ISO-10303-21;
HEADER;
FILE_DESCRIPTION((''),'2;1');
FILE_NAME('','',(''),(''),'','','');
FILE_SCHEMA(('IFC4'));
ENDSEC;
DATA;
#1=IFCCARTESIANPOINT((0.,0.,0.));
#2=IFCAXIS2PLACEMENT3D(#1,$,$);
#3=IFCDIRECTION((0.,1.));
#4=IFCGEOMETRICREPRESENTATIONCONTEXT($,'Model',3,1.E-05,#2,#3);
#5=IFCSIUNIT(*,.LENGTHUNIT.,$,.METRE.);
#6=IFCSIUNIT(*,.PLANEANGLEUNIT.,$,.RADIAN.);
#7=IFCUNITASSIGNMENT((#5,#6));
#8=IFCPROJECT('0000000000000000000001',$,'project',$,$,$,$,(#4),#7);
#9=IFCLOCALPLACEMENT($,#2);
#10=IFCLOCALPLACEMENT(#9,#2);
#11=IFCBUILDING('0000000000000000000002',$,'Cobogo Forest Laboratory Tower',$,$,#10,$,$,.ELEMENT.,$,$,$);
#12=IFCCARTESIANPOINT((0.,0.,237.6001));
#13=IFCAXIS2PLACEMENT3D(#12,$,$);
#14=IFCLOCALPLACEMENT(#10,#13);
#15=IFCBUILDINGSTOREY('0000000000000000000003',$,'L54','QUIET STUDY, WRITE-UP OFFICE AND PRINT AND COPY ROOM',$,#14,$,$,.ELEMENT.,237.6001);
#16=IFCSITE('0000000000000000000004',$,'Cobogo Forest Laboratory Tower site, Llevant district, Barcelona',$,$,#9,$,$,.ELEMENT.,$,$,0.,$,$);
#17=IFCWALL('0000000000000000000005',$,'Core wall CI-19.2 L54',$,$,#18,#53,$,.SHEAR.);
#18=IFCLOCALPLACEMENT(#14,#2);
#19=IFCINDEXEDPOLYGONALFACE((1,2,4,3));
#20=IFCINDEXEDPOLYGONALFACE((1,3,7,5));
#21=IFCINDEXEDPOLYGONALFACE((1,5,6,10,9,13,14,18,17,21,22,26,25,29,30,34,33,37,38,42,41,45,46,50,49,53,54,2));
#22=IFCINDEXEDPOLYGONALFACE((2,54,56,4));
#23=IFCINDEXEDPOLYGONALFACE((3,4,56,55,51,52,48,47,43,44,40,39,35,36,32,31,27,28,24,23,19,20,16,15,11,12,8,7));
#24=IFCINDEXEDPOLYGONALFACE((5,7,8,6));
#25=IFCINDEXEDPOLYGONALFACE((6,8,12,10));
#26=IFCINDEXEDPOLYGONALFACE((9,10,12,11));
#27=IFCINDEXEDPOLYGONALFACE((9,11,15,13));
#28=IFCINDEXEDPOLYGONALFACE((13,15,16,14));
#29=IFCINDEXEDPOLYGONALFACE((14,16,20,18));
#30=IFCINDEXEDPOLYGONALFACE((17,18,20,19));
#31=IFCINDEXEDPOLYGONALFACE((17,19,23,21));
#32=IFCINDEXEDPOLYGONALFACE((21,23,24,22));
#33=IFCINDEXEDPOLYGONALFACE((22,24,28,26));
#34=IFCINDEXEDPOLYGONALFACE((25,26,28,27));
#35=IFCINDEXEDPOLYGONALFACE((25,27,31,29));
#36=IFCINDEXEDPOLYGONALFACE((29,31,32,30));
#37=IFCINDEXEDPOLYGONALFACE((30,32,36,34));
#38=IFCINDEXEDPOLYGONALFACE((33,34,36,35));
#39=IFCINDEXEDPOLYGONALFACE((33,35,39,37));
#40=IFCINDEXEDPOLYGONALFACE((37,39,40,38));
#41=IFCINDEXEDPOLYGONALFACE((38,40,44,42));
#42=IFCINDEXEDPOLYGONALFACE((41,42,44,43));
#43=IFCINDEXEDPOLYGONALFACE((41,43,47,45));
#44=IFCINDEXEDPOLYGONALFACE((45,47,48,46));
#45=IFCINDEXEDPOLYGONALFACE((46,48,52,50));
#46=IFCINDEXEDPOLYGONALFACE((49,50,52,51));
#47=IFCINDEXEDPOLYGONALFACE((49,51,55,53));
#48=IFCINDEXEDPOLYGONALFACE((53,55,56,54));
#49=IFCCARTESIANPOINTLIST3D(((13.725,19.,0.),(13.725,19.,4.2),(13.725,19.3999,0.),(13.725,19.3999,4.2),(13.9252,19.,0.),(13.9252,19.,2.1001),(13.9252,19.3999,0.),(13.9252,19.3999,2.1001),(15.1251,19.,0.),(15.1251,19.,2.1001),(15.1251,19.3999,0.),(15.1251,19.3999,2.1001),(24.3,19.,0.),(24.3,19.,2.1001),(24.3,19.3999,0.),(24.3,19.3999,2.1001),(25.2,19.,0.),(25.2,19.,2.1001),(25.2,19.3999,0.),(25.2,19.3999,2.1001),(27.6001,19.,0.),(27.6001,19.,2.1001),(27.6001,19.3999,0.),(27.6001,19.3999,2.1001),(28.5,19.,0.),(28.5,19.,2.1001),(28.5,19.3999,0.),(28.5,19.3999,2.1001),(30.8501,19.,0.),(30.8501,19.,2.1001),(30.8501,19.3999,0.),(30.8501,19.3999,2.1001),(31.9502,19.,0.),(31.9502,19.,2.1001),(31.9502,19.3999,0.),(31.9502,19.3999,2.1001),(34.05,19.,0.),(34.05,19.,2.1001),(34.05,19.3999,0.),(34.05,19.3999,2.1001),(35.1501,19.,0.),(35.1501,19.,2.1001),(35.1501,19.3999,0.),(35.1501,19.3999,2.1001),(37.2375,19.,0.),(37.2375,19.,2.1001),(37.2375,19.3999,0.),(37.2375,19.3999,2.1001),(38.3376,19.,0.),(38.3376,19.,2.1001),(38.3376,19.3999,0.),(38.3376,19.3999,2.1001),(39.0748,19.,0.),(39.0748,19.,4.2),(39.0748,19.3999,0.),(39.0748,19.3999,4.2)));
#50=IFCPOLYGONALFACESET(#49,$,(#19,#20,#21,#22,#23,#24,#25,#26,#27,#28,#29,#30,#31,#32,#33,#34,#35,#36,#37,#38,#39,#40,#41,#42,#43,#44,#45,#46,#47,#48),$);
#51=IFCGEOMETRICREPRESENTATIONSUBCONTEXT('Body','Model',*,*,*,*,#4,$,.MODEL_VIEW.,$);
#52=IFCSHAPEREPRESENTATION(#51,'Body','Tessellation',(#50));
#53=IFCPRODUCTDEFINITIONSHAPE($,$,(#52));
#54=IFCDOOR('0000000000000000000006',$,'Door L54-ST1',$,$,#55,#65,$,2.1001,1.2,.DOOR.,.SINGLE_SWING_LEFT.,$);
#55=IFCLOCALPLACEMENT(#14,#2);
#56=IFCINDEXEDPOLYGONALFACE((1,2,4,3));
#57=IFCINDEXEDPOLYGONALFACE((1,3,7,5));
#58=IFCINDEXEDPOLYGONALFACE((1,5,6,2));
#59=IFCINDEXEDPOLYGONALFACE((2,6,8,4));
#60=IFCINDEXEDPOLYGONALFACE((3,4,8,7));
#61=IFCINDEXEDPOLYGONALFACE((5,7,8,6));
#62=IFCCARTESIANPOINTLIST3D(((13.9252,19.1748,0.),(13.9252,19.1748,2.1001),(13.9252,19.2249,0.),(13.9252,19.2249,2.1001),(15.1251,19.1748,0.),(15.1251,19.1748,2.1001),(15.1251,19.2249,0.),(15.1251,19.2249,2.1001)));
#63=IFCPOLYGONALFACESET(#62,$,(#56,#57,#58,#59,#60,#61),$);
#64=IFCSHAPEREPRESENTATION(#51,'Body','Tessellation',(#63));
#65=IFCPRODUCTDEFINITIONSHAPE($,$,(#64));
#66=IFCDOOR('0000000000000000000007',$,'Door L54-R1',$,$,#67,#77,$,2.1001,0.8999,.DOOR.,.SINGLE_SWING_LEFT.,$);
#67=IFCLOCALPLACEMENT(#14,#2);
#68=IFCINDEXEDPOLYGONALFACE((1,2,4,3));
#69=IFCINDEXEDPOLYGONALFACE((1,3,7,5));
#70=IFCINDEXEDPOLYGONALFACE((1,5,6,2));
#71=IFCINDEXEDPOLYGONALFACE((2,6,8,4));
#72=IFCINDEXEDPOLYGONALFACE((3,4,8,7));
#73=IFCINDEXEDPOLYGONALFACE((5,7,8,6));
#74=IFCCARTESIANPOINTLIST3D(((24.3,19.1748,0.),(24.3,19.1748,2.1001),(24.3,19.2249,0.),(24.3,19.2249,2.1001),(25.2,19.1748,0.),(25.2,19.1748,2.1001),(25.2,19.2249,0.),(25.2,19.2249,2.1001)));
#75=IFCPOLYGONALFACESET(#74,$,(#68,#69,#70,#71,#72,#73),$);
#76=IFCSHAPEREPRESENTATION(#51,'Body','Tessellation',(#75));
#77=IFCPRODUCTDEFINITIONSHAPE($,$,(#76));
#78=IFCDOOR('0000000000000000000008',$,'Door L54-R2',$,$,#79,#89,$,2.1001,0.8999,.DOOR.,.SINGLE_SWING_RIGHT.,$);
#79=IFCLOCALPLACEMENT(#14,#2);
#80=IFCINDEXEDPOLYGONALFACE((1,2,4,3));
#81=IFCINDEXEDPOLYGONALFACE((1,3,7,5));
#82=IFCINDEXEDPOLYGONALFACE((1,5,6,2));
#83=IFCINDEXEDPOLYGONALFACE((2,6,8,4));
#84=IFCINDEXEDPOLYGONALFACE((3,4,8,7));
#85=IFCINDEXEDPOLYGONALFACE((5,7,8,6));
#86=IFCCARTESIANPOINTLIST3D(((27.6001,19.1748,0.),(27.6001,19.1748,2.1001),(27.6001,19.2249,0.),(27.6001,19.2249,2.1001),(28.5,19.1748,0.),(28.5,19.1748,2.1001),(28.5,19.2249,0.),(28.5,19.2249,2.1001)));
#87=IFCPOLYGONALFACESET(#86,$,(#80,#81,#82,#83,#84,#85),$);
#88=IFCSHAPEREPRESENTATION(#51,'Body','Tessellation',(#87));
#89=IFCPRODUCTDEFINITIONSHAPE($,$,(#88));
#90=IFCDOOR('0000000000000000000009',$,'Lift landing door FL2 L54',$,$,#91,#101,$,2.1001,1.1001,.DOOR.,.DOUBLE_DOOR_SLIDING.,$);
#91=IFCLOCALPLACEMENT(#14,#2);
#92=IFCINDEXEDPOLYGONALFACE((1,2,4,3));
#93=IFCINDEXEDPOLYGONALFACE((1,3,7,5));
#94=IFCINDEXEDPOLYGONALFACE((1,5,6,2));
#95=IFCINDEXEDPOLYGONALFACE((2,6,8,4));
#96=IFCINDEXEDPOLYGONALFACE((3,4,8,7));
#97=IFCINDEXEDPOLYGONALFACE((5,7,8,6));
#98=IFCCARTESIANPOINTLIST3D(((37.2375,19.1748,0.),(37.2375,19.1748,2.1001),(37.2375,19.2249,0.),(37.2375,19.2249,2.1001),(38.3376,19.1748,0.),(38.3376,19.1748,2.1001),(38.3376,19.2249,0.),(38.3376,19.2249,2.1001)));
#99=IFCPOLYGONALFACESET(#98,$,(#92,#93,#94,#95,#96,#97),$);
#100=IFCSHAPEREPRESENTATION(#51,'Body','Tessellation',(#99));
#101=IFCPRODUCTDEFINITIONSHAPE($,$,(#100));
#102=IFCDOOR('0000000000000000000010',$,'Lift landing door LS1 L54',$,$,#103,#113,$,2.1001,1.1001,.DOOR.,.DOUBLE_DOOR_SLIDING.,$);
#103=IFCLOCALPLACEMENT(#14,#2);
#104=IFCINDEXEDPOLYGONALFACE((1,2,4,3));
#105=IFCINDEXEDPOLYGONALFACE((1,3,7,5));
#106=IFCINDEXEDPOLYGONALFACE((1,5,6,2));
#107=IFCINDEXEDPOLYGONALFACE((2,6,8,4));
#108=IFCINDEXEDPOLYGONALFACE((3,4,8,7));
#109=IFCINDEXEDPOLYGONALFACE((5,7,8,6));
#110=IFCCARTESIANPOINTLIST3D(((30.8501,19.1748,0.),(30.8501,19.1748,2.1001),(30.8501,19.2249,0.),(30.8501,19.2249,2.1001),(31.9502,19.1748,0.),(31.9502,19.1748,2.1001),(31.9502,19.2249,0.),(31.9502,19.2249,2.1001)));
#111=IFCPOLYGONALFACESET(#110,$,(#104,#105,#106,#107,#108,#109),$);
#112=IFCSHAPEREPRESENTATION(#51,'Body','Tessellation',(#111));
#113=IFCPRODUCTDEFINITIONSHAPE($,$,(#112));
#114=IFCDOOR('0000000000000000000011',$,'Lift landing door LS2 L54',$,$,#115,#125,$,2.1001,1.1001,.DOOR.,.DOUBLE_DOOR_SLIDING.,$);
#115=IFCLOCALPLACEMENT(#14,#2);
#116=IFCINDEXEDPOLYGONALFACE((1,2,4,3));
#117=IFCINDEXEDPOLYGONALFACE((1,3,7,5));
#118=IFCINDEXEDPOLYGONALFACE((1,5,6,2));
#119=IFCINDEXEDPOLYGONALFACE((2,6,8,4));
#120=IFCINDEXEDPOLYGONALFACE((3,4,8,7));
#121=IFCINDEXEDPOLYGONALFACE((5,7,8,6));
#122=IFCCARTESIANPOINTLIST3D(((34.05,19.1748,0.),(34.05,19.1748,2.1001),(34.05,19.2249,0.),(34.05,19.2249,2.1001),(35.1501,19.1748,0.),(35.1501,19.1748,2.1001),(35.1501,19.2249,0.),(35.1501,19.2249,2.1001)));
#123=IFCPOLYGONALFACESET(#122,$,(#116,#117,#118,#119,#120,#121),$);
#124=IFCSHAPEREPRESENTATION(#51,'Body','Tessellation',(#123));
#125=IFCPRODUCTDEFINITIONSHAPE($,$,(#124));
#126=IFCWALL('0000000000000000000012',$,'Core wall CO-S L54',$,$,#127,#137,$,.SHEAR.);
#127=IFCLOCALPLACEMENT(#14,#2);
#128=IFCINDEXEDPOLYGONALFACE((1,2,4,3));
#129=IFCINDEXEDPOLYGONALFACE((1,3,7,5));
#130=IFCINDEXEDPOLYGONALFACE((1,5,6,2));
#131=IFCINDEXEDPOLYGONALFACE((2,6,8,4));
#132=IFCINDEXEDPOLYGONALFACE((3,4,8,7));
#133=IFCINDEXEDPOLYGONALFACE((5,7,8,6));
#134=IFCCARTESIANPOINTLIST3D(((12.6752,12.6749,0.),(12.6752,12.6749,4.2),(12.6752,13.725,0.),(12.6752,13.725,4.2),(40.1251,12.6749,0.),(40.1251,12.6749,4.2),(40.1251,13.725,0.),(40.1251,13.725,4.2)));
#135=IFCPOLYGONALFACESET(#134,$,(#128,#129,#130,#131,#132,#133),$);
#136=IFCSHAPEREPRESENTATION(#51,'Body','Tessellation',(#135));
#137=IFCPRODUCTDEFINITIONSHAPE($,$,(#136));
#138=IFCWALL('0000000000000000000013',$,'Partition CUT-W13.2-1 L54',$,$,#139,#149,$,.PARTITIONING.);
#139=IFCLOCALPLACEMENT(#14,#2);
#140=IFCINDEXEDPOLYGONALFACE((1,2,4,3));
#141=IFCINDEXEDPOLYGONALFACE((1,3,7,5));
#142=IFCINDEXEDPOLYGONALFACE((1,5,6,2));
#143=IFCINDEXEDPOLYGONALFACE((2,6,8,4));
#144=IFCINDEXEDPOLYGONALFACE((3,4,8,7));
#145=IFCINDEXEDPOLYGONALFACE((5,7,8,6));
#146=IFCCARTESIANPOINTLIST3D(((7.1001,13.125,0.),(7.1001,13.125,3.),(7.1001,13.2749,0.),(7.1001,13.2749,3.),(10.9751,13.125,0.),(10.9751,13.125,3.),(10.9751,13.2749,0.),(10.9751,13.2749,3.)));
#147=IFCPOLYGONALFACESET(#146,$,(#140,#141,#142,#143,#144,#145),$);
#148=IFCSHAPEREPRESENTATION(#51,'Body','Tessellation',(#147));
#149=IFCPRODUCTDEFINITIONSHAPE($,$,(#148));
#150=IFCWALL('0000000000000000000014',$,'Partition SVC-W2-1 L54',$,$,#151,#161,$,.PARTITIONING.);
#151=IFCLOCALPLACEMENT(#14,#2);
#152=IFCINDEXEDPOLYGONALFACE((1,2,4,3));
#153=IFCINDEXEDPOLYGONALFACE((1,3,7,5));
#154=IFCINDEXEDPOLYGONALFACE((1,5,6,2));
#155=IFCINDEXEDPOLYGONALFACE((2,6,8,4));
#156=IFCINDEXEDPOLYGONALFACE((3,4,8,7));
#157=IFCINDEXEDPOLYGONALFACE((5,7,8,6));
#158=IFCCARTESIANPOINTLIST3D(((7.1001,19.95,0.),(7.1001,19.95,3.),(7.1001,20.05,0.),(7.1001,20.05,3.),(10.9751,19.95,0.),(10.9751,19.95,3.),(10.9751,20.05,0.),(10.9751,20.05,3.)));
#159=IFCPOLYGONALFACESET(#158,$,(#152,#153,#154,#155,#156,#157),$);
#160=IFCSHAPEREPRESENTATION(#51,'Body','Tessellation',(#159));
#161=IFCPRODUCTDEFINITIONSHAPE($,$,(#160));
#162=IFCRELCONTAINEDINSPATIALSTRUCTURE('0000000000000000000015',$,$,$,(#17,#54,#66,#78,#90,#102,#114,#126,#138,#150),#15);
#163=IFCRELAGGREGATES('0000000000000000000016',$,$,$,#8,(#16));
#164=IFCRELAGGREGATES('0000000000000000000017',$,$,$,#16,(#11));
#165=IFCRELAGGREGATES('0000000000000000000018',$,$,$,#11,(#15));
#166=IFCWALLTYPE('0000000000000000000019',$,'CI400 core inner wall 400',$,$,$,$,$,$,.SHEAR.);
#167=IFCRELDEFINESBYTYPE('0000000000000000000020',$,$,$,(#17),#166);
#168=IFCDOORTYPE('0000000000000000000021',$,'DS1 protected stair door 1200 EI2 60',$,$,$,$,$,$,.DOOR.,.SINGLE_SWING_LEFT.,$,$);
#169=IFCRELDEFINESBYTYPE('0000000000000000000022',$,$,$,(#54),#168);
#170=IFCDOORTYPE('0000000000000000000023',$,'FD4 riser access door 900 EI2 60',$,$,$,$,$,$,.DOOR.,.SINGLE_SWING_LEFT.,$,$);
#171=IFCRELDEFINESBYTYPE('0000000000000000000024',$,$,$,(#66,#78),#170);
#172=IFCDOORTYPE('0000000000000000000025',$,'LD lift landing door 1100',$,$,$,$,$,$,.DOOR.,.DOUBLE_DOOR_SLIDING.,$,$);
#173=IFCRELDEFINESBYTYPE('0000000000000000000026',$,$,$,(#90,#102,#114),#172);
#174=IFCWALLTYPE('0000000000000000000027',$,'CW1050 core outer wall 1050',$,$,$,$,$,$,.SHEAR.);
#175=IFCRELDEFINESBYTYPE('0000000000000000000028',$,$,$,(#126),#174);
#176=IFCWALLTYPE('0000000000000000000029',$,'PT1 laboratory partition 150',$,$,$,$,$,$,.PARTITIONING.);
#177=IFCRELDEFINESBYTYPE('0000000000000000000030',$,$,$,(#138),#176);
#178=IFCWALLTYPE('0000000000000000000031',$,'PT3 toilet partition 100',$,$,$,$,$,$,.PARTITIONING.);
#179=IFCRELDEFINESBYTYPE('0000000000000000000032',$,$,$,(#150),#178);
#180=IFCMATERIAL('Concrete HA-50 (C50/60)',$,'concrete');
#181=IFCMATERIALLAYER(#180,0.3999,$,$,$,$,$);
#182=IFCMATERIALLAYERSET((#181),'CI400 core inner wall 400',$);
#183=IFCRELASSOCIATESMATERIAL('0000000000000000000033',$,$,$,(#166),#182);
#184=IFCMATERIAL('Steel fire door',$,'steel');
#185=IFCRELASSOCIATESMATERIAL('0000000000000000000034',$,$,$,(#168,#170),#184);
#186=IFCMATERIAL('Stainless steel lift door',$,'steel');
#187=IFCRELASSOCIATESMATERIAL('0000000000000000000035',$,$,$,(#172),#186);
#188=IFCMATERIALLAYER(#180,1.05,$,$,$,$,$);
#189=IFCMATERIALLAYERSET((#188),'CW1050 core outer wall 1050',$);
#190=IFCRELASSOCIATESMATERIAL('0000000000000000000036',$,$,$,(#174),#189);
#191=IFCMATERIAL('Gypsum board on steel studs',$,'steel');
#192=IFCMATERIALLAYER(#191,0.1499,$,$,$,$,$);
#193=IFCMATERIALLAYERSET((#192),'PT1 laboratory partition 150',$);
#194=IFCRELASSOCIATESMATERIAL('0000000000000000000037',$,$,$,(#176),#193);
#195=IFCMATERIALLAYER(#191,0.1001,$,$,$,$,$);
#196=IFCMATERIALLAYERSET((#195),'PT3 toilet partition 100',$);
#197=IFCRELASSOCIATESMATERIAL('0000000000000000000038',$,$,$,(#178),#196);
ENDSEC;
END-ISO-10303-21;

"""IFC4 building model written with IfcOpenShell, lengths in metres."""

from ifc_helpers import new_model, si_unit, direction, frame, frame_2d, origin, place, context, subcontext, project, spatial, rectangle, extrude, material, layer, layer_set, type_object, element, fill, save


model = new_model("IFC4")

# Units and contexts
model_context = context("Model", 3, precision=1e-05, world=origin(), true_north=direction((0.0, 1.0)))
body_context = subcontext(model_context, "Body", "Model", "MODEL_VIEW")
ifc_project = project(units=[si_unit("LENGTHUNIT", "METRE"), si_unit("PLANEANGLEUNIT", "RADIAN")], contexts=[model_context])

# Site, building, storey
site_placement = place(None, origin())
site = spatial("IfcSite", under=ifc_project, at=site_placement, Name="Cobogo Forest Laboratory Tower site, Llevant district, Barcelona", CompositionType="ELEMENT", RefElevation=0.0)
building_placement = place(site_placement, origin())
building = spatial("IfcBuilding", under=site, at=building_placement, Name="Cobogo Forest Laboratory Tower", CompositionType="ELEMENT")
storey_placement = place(building_placement, frame((0.0, 0.0, 237.6001)))
storey = spatial("IfcBuildingStorey", under=building, at=storey_placement, Name="L54", Description="QUIET STUDY, WRITE-UP OFFICE AND PRINT AND COPY ROOM", CompositionType="ELEMENT", Elevation=237.6001)

# Shared definitions
ifc_material_1 = material(Name="Concrete HA-50 (C50/60)", Category="concrete")

# Wall, openings, doors
ifc_layer_1 = layer(ifc_material_1, 0.3999)
ifc_layer_set_1 = layer_set([ifc_layer_1], Name="CI400 core inner wall 400")
wall_type_1 = type_object("IfcWallType", Name="CI400 core inner wall 400", PredefinedType="SHEAR", material=ifc_layer_set_1)
ifc_material_2 = material(Name="Steel fire door", Category="steel")
wall_1_placement = place(storey_placement, frame((13.7251, 19.2, 0.0), z_axis=(0.0, 0.0, 1.0), x_axis=(1.0, 0.0, 0.0)))
wall_1 = element("IfcWall", 1, at=wall_1_placement, inside=storey, type_object=wall_type_1, Name="Core wall CI-19.2 L54", PredefinedType="SHEAR", context=body_context, shape_type="SweptSolid", body=[
    extrude(rectangle(XDim=25.3499, YDim=0.3999, at=frame_2d((12.6748, 0.0))), origin(), (0.0, 0.0, 1.0), 4.2),
])
opening_1_placement = place(wall_1_placement, frame((10.575, 0.0, 0.0)))
opening_1 = element("IfcOpeningElement", 2, at=opening_1_placement, cuts=wall_1, PredefinedType="OPENING", context=body_context, shape_type="SweptSolid", body=[
    extrude(rectangle(XDim=0.8999, YDim=2.1001, at=frame_2d((0.45, 1.05))), frame((0.0, 0.21, 0.0), z_axis=(0.0, -1.0, 0.0), x_axis=(1.0, 0.0, 0.0)), (0.0, 0.0, 1.0), 0.4199),
])
opening_2_placement = place(wall_1_placement, frame((13.875, 0.0, 0.0)))
opening_2 = element("IfcOpeningElement", 3, at=opening_2_placement, cuts=wall_1, PredefinedType="OPENING", context=body_context, shape_type="SweptSolid", body=[
    extrude(rectangle(XDim=0.8999, YDim=2.1001, at=frame_2d((0.45, 1.05))), frame((0.0, 0.21, 0.0), z_axis=(0.0, -1.0, 0.0), x_axis=(1.0, 0.0, 0.0)), (0.0, 0.0, 1.0), 0.4199),
])
opening_3_placement = place(wall_1_placement, frame((0.2, 0.0, 0.0)))
opening_3 = element("IfcOpeningElement", 4, at=opening_3_placement, cuts=wall_1, PredefinedType="OPENING", context=body_context, shape_type="SweptSolid", body=[
    extrude(rectangle(XDim=1.2, YDim=2.1001, at=frame_2d((0.6001, 1.05))), frame((0.0, 0.21, 0.0), z_axis=(0.0, -1.0, 0.0), x_axis=(1.0, 0.0, 0.0)), (0.0, 0.0, 1.0), 0.4199),
])
opening_4_placement = place(wall_1_placement, frame((23.5125, 0.0, 0.0)))
opening_4 = element("IfcOpeningElement", 5, at=opening_4_placement, cuts=wall_1, PredefinedType="OPENING", context=body_context, shape_type="SweptSolid", body=[
    extrude(rectangle(XDim=1.1001, YDim=2.1001, at=frame_2d((0.55, 1.05))), frame((0.0, 0.21, 0.0), z_axis=(0.0, -1.0, 0.0), x_axis=(1.0, 0.0, 0.0)), (0.0, 0.0, 1.0), 0.4199),
])
opening_5_placement = place(wall_1_placement, frame((17.125, 0.0, 0.0)))
opening_5 = element("IfcOpeningElement", 6, at=opening_5_placement, cuts=wall_1, PredefinedType="OPENING", context=body_context, shape_type="SweptSolid", body=[
    extrude(rectangle(XDim=1.1001, YDim=2.1001, at=frame_2d((0.55, 1.05))), frame((0.0, 0.21, 0.0), z_axis=(0.0, -1.0, 0.0), x_axis=(1.0, 0.0, 0.0)), (0.0, 0.0, 1.0), 0.4199),
])
opening_6_placement = place(wall_1_placement, frame((20.325, 0.0, 0.0)))
opening_6 = element("IfcOpeningElement", 7, at=opening_6_placement, cuts=wall_1, PredefinedType="OPENING", context=body_context, shape_type="SweptSolid", body=[
    extrude(rectangle(XDim=1.1001, YDim=2.1001, at=frame_2d((0.55, 1.05))), frame((0.0, 0.21, 0.0), z_axis=(0.0, -1.0, 0.0), x_axis=(1.0, 0.0, 0.0)), (0.0, 0.0, 1.0), 0.4199),
])
door_type_1 = type_object("IfcDoorType", Name="DS1 protected stair door 1200 EI2 60", OperationType="SINGLE_SWING_LEFT", PredefinedType="DOOR", material=ifc_material_2)
door_1_placement = place(opening_3_placement, origin())
door_1 = element("IfcDoor", 8, at=door_1_placement, inside=storey, type_object=door_type_1, Name="Door L54-ST1", OperationType="SINGLE_SWING_LEFT", OverallHeight=2.1001, OverallWidth=1.2, PredefinedType="DOOR", context=body_context, shape_type="SweptSolid", body=[
    extrude(rectangle(XDim=1.2, YDim=2.1001, at=frame_2d((0.6001, 1.05))), frame((0.0, 0.0249, 0.0), z_axis=(0.0, -1.0, 0.0), x_axis=(1.0, 0.0, 0.0)), (0.0, 0.0, 1.0), 0.05),
])
fill(opening_3, door_1)
door_type_2 = type_object("IfcDoorType", Name="FD4 riser access door 900 EI2 60", OperationType="SINGLE_SWING_LEFT", PredefinedType="DOOR", material=ifc_material_2)
door_2_placement = place(opening_1_placement, origin())
door_2 = element("IfcDoor", 9, at=door_2_placement, inside=storey, type_object=door_type_2, Name="Door L54-R1", OperationType="SINGLE_SWING_LEFT", OverallHeight=2.1001, OverallWidth=0.8999, PredefinedType="DOOR", context=body_context, shape_type="SweptSolid", body=[
    extrude(rectangle(XDim=0.8999, YDim=2.1001, at=frame_2d((0.45, 1.05))), frame((0.0, 0.0249, 0.0), z_axis=(0.0, -1.0, 0.0), x_axis=(1.0, 0.0, 0.0)), (0.0, 0.0, 1.0), 0.05),
])
fill(opening_1, door_2)
door_3_placement = place(opening_2_placement, origin())
door_3 = element("IfcDoor", 10, at=door_3_placement, inside=storey, type_object=door_type_2, Name="Door L54-R2", OperationType="SINGLE_SWING_RIGHT", OverallHeight=2.1001, OverallWidth=0.8999, PredefinedType="DOOR", context=body_context, shape_type="SweptSolid", body=[
    extrude(rectangle(XDim=0.8999, YDim=2.1001, at=frame_2d((0.45, 1.05))), frame((0.0, 0.0249, 0.0), z_axis=(0.0, -1.0, 0.0), x_axis=(1.0, 0.0, 0.0)), (0.0, 0.0, 1.0), 0.05),
])
fill(opening_2, door_3)
ifc_material_3 = material(Name="Stainless steel lift door", Category="steel")
door_type_3 = type_object("IfcDoorType", Name="LD lift landing door 1100", OperationType="DOUBLE_DOOR_SLIDING", PredefinedType="DOOR", material=ifc_material_3)
door_4_placement = place(opening_4_placement, origin())
door_4 = element("IfcDoor", 11, at=door_4_placement, inside=storey, type_object=door_type_3, Name="Lift landing door FL2 L54", OperationType="DOUBLE_DOOR_SLIDING", OverallHeight=2.1001, OverallWidth=1.1001, PredefinedType="DOOR", context=body_context, shape_type="SweptSolid", body=[
    extrude(rectangle(XDim=1.1001, YDim=2.1001, at=frame_2d((0.55, 1.05))), frame((0.0, 0.0249, 0.0), z_axis=(0.0, -1.0, 0.0), x_axis=(1.0, 0.0, 0.0)), (0.0, 0.0, 1.0), 0.05),
])
fill(opening_4, door_4)
door_5_placement = place(opening_5_placement, origin())
door_5 = element("IfcDoor", 12, at=door_5_placement, inside=storey, type_object=door_type_3, Name="Lift landing door LS1 L54", OperationType="DOUBLE_DOOR_SLIDING", OverallHeight=2.1001, OverallWidth=1.1001, PredefinedType="DOOR", context=body_context, shape_type="SweptSolid", body=[
    extrude(rectangle(XDim=1.1001, YDim=2.1001, at=frame_2d((0.55, 1.05))), frame((0.0, 0.0249, 0.0), z_axis=(0.0, -1.0, 0.0), x_axis=(1.0, 0.0, 0.0)), (0.0, 0.0, 1.0), 0.05),
])
fill(opening_5, door_5)
door_6_placement = place(opening_6_placement, origin())
door_6 = element("IfcDoor", 13, at=door_6_placement, inside=storey, type_object=door_type_3, Name="Lift landing door LS2 L54", OperationType="DOUBLE_DOOR_SLIDING", OverallHeight=2.1001, OverallWidth=1.1001, PredefinedType="DOOR", context=body_context, shape_type="SweptSolid", body=[
    extrude(rectangle(XDim=1.1001, YDim=2.1001, at=frame_2d((0.55, 1.05))), frame((0.0, 0.0249, 0.0), z_axis=(0.0, -1.0, 0.0), x_axis=(1.0, 0.0, 0.0)), (0.0, 0.0, 1.0), 0.05),
])
fill(opening_6, door_6)

# Walls
ifc_layer_2 = layer(ifc_material_1, 1.05)
ifc_layer_set_2 = layer_set([ifc_layer_2], Name="CW1050 core outer wall 1050")
wall_type_2 = type_object("IfcWallType", Name="CW1050 core outer wall 1050", PredefinedType="SHEAR", material=ifc_layer_set_2)
wall_2_placement = place(storey_placement, frame((12.675, 13.2, 0.0), z_axis=(0.0, 0.0, 1.0), x_axis=(1.0, 0.0, 0.0)))
element("IfcWall", 14, at=wall_2_placement, inside=storey, type_object=wall_type_2, Name="Core wall CO-S L54", PredefinedType="SHEAR", context=body_context, shape_type="SweptSolid", body=[
    extrude(rectangle(XDim=27.45, YDim=1.05, at=frame_2d((13.7251, 0.0))), origin(), (0.0, 0.0, 1.0), 4.2),
])
ifc_material_4 = material(Name="Gypsum board on steel studs", Category="steel")
ifc_layer_3 = layer(ifc_material_4, 0.1499)
ifc_layer_set_3 = layer_set([ifc_layer_3], Name="PT1 laboratory partition 150")
wall_type_3 = type_object("IfcWallType", Name="PT1 laboratory partition 150", PredefinedType="PARTITIONING", material=ifc_layer_set_3)
wall_3_placement = place(storey_placement, frame((7.1001, 13.2, 0.0), z_axis=(0.0, 0.0, 1.0), x_axis=(1.0, 0.0, 0.0)))
element("IfcWall", 15, at=wall_3_placement, inside=storey, type_object=wall_type_3, Name="Partition CUT-W13.2-1 L54", PredefinedType="PARTITIONING", context=body_context, shape_type="SweptSolid", body=[
    extrude(rectangle(XDim=3.875, YDim=0.1499, at=frame_2d((1.9375, 0.0))), origin(), (0.0, 0.0, 1.0), 3.0),
])
ifc_layer_4 = layer(ifc_material_4, 0.1001)
ifc_layer_set_4 = layer_set([ifc_layer_4], Name="PT3 toilet partition 100")
wall_type_4 = type_object("IfcWallType", Name="PT3 toilet partition 100", PredefinedType="PARTITIONING", material=ifc_layer_set_4)
wall_4_placement = place(storey_placement, frame((7.1001, 20.0, 0.0), z_axis=(0.0, 0.0, 1.0), x_axis=(1.0, 0.0, 0.0)))
element("IfcWall", 16, at=wall_4_placement, inside=storey, type_object=wall_type_4, Name="Partition SVC-W2-1 L54", PredefinedType="PARTITIONING", context=body_context, shape_type="SweptSolid", body=[
    extrude(rectangle(XDim=3.875, YDim=0.1001, at=frame_2d((1.9375, 0.0))), origin(), (0.0, 0.0, 1.0), 3.0),
])

save(model, "model.ifc")
